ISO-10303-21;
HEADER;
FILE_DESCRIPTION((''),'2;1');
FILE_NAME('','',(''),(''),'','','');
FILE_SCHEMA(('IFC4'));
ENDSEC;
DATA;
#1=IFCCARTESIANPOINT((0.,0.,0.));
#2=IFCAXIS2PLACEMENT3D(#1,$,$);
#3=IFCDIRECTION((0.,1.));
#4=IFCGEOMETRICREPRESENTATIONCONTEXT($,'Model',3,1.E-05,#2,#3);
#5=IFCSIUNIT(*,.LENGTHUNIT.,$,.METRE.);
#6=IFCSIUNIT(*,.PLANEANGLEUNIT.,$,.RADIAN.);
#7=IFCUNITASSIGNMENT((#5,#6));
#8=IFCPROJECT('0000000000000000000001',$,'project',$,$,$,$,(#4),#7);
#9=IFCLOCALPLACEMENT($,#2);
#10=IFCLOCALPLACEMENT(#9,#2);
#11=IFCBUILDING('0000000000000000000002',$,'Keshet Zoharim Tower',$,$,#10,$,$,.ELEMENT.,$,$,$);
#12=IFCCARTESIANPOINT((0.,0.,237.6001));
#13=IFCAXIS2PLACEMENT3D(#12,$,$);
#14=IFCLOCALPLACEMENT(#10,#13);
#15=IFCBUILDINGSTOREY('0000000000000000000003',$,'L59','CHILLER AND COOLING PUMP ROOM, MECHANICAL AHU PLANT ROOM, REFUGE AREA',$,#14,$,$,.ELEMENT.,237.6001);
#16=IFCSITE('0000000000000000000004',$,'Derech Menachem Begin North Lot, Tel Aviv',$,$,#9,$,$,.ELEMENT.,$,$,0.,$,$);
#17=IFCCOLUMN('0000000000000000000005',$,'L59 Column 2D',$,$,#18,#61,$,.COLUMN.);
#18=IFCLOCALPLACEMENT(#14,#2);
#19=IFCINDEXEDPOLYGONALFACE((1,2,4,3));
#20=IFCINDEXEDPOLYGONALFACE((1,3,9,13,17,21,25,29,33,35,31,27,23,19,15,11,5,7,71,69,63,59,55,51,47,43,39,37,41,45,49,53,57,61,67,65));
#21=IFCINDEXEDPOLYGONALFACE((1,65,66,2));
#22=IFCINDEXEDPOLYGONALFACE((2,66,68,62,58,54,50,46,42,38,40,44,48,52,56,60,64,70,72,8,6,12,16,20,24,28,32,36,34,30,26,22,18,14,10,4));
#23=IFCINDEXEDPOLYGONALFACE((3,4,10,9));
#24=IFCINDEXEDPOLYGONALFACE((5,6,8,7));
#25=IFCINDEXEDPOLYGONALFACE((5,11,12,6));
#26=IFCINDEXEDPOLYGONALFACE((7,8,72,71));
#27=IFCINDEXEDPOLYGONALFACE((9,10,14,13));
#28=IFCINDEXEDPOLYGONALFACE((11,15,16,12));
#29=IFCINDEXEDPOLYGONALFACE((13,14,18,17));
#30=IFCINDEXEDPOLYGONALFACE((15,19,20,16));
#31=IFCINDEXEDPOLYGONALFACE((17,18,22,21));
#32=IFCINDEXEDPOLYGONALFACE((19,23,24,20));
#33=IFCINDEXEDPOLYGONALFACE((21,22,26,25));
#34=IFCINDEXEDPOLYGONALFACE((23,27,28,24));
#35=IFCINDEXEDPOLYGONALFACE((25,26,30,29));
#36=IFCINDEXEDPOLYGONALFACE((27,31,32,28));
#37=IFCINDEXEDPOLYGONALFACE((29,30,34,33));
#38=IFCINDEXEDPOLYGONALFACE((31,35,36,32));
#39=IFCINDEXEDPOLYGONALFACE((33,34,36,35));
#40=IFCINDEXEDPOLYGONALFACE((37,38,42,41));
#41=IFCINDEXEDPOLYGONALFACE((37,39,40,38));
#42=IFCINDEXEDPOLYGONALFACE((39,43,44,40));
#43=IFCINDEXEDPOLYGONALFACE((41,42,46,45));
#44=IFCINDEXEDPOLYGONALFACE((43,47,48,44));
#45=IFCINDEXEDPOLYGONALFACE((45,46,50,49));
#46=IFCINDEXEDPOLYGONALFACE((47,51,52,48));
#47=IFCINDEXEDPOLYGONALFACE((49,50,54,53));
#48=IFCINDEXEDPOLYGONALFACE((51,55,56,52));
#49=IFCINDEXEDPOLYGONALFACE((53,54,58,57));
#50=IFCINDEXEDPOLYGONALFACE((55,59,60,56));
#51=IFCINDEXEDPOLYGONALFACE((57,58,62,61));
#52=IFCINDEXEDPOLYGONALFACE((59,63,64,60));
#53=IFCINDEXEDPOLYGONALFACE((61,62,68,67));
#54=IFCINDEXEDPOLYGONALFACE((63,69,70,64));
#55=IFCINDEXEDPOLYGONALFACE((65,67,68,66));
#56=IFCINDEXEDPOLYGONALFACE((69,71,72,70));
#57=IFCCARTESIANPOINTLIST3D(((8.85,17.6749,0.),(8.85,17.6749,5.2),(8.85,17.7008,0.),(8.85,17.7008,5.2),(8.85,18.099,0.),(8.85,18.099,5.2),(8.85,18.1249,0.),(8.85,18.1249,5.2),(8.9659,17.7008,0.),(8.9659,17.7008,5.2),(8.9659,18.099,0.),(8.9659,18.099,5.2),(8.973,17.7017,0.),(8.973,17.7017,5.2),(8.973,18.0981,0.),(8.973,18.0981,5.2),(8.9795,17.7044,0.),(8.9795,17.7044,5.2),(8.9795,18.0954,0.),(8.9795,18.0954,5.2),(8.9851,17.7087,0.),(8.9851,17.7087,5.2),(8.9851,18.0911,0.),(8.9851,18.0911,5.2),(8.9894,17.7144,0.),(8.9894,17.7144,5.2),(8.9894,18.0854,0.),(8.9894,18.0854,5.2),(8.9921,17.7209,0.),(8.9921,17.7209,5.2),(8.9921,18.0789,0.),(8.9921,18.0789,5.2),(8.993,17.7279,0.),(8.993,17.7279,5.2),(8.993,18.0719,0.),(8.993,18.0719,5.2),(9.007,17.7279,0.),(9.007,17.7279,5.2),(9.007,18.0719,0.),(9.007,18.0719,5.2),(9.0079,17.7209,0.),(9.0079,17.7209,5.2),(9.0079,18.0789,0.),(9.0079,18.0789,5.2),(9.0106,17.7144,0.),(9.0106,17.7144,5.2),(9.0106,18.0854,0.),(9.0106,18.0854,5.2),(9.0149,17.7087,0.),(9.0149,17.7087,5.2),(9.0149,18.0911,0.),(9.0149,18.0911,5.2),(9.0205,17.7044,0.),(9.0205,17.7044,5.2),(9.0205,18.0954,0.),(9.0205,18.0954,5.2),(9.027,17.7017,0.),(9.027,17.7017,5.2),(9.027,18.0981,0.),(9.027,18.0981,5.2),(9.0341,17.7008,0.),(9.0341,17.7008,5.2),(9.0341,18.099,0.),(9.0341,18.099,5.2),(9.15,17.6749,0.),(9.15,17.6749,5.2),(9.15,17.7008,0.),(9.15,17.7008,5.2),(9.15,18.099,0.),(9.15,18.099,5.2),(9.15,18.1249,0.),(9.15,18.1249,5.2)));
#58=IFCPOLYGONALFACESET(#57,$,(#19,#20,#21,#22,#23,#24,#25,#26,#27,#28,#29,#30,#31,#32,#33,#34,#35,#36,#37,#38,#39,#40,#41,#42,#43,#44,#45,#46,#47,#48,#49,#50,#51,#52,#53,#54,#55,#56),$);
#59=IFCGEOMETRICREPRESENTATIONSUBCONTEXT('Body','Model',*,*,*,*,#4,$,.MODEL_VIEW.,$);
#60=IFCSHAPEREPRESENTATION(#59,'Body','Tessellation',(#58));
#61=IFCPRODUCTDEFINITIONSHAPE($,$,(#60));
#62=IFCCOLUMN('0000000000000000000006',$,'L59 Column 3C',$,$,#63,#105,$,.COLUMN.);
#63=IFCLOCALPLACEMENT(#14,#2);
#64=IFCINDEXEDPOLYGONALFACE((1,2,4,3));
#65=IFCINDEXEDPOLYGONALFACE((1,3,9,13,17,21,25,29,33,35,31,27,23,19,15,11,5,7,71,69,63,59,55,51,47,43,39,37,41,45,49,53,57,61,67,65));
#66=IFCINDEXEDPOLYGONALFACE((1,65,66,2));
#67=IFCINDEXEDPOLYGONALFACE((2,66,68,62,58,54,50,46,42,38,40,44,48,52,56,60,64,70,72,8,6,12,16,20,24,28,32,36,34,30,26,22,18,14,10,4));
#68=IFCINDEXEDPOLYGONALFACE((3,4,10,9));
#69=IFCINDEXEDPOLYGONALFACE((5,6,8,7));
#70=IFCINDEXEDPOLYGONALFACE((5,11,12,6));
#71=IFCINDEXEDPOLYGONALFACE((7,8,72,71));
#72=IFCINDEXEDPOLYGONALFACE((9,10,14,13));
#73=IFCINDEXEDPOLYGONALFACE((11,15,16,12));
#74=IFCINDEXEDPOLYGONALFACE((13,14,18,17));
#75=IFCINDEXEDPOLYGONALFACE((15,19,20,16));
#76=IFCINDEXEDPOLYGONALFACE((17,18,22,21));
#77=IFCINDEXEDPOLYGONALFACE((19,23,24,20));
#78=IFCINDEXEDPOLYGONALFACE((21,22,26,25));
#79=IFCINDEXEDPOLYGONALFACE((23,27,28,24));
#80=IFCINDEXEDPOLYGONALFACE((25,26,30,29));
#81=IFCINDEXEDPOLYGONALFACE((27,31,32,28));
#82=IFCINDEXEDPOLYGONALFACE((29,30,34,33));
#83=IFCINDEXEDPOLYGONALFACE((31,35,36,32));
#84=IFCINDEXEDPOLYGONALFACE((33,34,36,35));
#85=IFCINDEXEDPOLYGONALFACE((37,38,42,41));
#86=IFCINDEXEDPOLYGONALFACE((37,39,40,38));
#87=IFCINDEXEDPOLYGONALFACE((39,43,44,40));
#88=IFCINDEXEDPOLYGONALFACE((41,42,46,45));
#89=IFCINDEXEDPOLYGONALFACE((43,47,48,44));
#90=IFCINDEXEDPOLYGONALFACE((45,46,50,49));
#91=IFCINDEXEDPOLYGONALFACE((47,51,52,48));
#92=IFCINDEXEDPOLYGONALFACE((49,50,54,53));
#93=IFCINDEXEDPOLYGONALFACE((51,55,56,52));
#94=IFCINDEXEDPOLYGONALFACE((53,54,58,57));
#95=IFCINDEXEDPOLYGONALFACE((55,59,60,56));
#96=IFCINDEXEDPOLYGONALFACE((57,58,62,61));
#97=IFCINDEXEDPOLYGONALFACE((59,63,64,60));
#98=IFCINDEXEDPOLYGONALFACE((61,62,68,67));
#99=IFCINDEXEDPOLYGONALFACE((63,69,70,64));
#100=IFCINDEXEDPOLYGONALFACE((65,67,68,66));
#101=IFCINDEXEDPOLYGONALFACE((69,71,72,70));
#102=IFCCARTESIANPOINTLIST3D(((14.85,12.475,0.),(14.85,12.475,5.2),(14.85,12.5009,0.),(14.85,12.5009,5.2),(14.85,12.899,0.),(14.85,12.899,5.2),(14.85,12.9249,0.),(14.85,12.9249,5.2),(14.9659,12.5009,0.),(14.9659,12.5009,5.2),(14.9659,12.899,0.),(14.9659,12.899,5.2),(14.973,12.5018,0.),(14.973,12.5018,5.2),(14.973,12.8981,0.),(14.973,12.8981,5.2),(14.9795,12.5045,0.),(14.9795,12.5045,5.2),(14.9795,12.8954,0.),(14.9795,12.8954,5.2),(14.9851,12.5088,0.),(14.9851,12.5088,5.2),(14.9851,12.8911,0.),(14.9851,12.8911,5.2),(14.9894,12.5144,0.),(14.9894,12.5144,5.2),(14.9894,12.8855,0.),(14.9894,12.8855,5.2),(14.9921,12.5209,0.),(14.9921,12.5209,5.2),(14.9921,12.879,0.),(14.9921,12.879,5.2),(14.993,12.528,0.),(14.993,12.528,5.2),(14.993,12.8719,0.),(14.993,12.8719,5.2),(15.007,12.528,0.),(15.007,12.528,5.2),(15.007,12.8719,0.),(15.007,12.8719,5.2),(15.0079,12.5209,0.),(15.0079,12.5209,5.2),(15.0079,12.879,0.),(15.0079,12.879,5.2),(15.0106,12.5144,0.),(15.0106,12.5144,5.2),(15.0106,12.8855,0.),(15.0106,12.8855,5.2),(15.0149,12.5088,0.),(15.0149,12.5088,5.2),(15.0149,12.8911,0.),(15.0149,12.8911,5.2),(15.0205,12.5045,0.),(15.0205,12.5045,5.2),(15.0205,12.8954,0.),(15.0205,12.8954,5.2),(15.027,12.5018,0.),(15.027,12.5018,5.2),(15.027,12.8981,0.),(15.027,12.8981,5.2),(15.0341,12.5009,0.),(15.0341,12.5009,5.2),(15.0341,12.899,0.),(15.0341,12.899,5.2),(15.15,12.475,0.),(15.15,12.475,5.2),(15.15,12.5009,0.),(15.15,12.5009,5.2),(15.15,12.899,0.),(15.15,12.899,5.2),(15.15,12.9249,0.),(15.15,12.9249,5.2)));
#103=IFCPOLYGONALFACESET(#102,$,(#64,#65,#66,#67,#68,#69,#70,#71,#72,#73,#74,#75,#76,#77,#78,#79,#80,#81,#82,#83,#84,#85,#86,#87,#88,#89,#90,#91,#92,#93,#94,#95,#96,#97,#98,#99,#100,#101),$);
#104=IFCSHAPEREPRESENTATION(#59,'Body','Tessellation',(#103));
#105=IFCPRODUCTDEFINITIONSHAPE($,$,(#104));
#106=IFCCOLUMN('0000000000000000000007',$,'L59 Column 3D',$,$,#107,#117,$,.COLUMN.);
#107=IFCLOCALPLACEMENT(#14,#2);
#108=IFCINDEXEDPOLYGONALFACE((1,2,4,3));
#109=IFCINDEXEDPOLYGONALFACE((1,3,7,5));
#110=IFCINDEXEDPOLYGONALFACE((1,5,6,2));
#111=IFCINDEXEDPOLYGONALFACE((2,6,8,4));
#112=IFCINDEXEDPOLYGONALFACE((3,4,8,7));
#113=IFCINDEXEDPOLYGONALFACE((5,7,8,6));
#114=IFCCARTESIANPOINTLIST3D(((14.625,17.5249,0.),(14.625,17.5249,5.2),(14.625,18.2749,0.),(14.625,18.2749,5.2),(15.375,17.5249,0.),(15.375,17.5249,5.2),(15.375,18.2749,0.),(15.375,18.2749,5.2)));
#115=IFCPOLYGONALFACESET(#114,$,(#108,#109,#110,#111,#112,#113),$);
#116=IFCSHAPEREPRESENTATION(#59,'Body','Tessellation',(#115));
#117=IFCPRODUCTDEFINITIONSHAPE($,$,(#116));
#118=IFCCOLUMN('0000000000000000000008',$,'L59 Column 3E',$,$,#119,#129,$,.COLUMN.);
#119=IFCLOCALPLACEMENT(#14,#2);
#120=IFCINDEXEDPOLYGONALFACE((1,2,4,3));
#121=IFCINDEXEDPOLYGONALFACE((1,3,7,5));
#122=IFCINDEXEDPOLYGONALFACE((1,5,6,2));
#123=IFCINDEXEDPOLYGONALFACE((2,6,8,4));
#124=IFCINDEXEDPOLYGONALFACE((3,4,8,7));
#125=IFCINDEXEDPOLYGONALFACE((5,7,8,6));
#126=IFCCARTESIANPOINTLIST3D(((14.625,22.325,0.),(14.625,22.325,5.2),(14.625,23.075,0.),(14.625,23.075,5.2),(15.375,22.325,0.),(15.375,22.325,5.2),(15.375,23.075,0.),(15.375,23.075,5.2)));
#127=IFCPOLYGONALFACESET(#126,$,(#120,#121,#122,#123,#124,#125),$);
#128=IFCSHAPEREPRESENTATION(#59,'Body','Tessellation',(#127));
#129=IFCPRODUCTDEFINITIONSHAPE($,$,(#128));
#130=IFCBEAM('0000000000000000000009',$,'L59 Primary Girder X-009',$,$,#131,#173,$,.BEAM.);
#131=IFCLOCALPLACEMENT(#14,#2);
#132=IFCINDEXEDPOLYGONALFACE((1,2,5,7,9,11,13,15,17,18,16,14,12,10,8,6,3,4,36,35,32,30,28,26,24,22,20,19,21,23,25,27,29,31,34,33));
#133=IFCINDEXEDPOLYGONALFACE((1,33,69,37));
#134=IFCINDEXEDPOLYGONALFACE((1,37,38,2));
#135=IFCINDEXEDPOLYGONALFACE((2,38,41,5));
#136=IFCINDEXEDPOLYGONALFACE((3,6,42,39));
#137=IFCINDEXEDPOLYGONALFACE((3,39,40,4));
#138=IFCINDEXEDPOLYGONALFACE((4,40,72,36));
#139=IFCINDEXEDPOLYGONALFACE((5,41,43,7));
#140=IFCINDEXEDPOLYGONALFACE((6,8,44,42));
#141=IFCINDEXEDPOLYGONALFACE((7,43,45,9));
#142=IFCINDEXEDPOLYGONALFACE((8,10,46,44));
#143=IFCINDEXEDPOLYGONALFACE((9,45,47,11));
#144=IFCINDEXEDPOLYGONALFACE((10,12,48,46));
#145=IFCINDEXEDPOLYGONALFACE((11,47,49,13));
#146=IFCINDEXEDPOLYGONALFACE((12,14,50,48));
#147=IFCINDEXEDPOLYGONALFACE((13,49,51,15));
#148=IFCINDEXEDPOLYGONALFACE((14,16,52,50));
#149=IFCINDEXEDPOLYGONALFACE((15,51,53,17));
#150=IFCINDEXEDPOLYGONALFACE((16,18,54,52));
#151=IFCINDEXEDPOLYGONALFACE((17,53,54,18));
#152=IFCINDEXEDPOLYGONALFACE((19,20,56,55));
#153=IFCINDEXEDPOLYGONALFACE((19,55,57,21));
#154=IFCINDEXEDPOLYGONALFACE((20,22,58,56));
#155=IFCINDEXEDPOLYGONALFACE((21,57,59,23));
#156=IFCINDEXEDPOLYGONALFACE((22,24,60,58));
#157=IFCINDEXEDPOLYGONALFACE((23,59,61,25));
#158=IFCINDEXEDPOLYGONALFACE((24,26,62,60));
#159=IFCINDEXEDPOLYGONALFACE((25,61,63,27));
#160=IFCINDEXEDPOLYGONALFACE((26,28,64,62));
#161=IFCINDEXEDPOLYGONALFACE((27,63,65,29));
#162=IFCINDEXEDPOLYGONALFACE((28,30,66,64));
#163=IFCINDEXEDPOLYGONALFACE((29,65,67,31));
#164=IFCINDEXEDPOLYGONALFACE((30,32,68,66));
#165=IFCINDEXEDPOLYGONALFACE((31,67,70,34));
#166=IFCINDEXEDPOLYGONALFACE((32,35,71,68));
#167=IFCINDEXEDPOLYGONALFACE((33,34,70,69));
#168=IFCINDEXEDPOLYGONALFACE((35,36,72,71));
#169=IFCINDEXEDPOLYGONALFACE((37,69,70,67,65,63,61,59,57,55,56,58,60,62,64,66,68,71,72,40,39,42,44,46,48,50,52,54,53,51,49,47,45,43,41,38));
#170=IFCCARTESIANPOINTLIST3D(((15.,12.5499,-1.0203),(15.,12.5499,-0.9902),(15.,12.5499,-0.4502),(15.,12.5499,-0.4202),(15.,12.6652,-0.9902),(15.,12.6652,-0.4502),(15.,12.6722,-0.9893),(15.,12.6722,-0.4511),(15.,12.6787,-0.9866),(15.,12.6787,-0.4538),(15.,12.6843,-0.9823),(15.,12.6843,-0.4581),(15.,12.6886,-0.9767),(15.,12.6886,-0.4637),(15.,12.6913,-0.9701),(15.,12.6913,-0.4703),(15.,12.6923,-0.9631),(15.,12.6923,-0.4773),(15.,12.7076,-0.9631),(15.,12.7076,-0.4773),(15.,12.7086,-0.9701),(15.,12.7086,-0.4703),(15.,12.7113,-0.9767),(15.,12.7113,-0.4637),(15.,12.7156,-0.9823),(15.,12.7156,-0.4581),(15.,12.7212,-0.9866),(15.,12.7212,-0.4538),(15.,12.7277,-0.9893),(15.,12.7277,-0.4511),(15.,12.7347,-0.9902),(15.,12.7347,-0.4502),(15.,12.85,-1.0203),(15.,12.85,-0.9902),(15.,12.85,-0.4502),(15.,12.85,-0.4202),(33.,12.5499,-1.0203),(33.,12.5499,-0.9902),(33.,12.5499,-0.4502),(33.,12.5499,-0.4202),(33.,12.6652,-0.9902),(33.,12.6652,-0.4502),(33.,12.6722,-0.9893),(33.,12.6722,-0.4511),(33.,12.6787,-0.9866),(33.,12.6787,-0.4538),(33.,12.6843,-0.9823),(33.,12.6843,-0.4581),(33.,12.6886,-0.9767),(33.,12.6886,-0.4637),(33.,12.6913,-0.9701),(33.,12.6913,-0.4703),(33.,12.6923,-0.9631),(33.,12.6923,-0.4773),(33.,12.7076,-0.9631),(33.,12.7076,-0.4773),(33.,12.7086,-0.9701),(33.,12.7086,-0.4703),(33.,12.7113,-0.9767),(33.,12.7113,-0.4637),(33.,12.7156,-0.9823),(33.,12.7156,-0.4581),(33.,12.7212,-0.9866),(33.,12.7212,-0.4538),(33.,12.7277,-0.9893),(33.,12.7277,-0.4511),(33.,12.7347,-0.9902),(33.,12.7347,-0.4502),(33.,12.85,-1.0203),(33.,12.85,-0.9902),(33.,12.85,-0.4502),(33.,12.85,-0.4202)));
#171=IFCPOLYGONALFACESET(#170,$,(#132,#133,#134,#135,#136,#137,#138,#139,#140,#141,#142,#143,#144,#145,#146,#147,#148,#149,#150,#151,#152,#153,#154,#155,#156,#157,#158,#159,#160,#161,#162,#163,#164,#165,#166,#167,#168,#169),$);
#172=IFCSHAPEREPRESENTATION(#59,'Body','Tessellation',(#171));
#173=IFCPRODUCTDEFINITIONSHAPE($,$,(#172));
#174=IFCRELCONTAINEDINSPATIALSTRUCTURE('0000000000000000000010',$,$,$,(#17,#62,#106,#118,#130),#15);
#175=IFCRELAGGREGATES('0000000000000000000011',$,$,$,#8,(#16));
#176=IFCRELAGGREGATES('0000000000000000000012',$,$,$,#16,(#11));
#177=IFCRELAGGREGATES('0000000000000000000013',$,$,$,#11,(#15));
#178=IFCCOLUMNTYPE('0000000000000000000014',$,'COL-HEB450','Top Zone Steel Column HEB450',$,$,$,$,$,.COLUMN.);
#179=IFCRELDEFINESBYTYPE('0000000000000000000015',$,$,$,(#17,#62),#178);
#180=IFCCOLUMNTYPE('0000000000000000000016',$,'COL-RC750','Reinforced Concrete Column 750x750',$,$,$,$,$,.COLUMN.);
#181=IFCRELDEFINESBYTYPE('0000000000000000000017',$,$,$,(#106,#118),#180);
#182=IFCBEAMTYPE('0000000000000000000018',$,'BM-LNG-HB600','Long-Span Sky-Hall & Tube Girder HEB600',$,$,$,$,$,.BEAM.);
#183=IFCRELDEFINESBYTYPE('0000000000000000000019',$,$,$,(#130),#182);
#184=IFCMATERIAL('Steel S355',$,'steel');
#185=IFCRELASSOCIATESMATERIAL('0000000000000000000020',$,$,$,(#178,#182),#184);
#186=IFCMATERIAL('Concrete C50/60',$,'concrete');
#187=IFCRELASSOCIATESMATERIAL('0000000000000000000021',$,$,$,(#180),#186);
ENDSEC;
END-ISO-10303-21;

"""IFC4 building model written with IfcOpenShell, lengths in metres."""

from ifc_helpers import new_model, si_unit, direction, frame, origin, origin_2d, place, context, subcontext, project, spatial, rectangle, i_section, extrude, material, material_profile, profile_set, type_object, element, save


model = new_model("IFC4")

# Units and contexts
model_context = context("Model", 3, precision=1e-05, world=origin(), true_north=direction((0.0, 1.0)))
body_context = subcontext(model_context, "Body", "Model", "MODEL_VIEW")
ifc_project = project(units=[si_unit("LENGTHUNIT", "METRE"), si_unit("PLANEANGLEUNIT", "RADIAN")], contexts=[model_context])

# Site, building, storey
site_placement = place(None, origin())
site = spatial("IfcSite", under=ifc_project, at=site_placement, Name="Derech Menachem Begin North Lot, Tel Aviv", CompositionType="ELEMENT", RefElevation=0.0)
building_placement = place(site_placement, origin())
building = spatial("IfcBuilding", under=site, at=building_placement, Name="Keshet Zoharim Tower", CompositionType="ELEMENT")
storey_placement = place(building_placement, frame((0.0, 0.0, 237.6001)))
storey = spatial("IfcBuildingStorey", under=building, at=storey_placement, Name="L59", Description="CHILLER AND COOLING PUMP ROOM, MECHANICAL AHU PLANT ROOM, REFUGE AREA", CompositionType="ELEMENT", Elevation=237.6001)

# Columns
ifc_material_1 = material(Name="Steel S355", Category="steel")
ifc_material_profile_1 = material_profile(ifc_material_1, i_section(OverallWidth=0.3, OverallDepth=0.45, WebThickness=0.0139, FlangeThickness=0.0259, FilletRadius=0.0271, at=origin_2d()), Name="HEB450")
ifc_profile_set_1 = profile_set([ifc_material_profile_1], Name="Steel S355")
column_type_1 = type_object("IfcColumnType", Name="COL-HEB450", Description="Top Zone Steel Column HEB450", PredefinedType="COLUMN", material=ifc_profile_set_1)
for number, where, z_axis, x_axis, name in (
    (1, (9.0, 17.8999, 0.0), (0.0, 0.0, 1.0), (1.0, 0.0, 0.0), "L59 Column 2D"),
    (2, (15.0, 12.7, 0.0), (0.0, 0.0, 1.0), (1.0, 0.0, 0.0), "L59 Column 3C"),
):
    element("IfcColumn", number, at=place(storey_placement, frame(where, z_axis=z_axis, x_axis=x_axis)), inside=storey, type_object=column_type_1, Name=name, PredefinedType="COLUMN", context=body_context, shape_type="SweptSolid", body=[
        extrude(i_section(OverallWidth=0.3, OverallDepth=0.45, WebThickness=0.0139, FlangeThickness=0.0259, FilletRadius=0.0271, at=origin_2d()), origin(), (0.0, 0.0, 1.0), 5.2),
    ])
ifc_material_2 = material(Name="Concrete C50/60", Category="concrete")
ifc_material_profile_2 = material_profile(ifc_material_2, rectangle(XDim=0.75, YDim=0.75, at=origin_2d()), Name="RC750x750")
ifc_profile_set_2 = profile_set([ifc_material_profile_2], Name="Concrete C50/60")
column_type_2 = type_object("IfcColumnType", Name="COL-RC750", Description="Reinforced Concrete Column 750x750", PredefinedType="COLUMN", material=ifc_profile_set_2)
for number, where, z_axis, x_axis, name in (
    (3, (15.0, 17.8999, 0.0), (0.0, 0.0, 1.0), (1.0, 0.0, 0.0), "L59 Column 3D"),
    (4, (15.0, 22.7, 0.0), (0.0, 0.0, 1.0), (1.0, 0.0, 0.0), "L59 Column 3E"),
):
    element("IfcColumn", number, at=place(storey_placement, frame(where, z_axis=z_axis, x_axis=x_axis)), inside=storey, type_object=column_type_2, Name=name, PredefinedType="COLUMN", context=body_context, shape_type="SweptSolid", body=[
        extrude(rectangle(XDim=0.75, YDim=0.75, at=origin_2d()), origin(), (0.0, 0.0, 1.0), 5.2),
    ])

# Beam
ifc_material_profile_3 = material_profile(ifc_material_1, i_section(OverallWidth=0.3, OverallDepth=0.6001, WebThickness=0.0154, FlangeThickness=0.03, FilletRadius=0.0271, at=origin_2d()), Name="HEB600")
ifc_profile_set_3 = profile_set([ifc_material_profile_3], Name="Steel S355")
beam_type_1 = type_object("IfcBeamType", Name="BM-LNG-HB600", Description="Long-Span Sky-Hall & Tube Girder HEB600", PredefinedType="BEAM", material=ifc_profile_set_3)
for number, where, z_axis, x_axis, name in (
    (5, (15.0, 12.7, -0.7202), (1.0, 0.0, 0.0), (0.0, 1.0, 0.0), "L59 Primary Girder X-009"),
):
    element("IfcBeam", number, at=place(storey_placement, frame(where, z_axis=z_axis, x_axis=x_axis)), inside=storey, type_object=beam_type_1, Name=name, PredefinedType="BEAM", context=body_context, shape_type="SweptSolid", body=[
        extrude(i_section(OverallWidth=0.3, OverallDepth=0.6001, WebThickness=0.0154, FlangeThickness=0.03, FilletRadius=0.0271, at=origin_2d()), origin(), (0.0, 0.0, 1.0), 18.0),
    ])

save(model, "model.ifc")
